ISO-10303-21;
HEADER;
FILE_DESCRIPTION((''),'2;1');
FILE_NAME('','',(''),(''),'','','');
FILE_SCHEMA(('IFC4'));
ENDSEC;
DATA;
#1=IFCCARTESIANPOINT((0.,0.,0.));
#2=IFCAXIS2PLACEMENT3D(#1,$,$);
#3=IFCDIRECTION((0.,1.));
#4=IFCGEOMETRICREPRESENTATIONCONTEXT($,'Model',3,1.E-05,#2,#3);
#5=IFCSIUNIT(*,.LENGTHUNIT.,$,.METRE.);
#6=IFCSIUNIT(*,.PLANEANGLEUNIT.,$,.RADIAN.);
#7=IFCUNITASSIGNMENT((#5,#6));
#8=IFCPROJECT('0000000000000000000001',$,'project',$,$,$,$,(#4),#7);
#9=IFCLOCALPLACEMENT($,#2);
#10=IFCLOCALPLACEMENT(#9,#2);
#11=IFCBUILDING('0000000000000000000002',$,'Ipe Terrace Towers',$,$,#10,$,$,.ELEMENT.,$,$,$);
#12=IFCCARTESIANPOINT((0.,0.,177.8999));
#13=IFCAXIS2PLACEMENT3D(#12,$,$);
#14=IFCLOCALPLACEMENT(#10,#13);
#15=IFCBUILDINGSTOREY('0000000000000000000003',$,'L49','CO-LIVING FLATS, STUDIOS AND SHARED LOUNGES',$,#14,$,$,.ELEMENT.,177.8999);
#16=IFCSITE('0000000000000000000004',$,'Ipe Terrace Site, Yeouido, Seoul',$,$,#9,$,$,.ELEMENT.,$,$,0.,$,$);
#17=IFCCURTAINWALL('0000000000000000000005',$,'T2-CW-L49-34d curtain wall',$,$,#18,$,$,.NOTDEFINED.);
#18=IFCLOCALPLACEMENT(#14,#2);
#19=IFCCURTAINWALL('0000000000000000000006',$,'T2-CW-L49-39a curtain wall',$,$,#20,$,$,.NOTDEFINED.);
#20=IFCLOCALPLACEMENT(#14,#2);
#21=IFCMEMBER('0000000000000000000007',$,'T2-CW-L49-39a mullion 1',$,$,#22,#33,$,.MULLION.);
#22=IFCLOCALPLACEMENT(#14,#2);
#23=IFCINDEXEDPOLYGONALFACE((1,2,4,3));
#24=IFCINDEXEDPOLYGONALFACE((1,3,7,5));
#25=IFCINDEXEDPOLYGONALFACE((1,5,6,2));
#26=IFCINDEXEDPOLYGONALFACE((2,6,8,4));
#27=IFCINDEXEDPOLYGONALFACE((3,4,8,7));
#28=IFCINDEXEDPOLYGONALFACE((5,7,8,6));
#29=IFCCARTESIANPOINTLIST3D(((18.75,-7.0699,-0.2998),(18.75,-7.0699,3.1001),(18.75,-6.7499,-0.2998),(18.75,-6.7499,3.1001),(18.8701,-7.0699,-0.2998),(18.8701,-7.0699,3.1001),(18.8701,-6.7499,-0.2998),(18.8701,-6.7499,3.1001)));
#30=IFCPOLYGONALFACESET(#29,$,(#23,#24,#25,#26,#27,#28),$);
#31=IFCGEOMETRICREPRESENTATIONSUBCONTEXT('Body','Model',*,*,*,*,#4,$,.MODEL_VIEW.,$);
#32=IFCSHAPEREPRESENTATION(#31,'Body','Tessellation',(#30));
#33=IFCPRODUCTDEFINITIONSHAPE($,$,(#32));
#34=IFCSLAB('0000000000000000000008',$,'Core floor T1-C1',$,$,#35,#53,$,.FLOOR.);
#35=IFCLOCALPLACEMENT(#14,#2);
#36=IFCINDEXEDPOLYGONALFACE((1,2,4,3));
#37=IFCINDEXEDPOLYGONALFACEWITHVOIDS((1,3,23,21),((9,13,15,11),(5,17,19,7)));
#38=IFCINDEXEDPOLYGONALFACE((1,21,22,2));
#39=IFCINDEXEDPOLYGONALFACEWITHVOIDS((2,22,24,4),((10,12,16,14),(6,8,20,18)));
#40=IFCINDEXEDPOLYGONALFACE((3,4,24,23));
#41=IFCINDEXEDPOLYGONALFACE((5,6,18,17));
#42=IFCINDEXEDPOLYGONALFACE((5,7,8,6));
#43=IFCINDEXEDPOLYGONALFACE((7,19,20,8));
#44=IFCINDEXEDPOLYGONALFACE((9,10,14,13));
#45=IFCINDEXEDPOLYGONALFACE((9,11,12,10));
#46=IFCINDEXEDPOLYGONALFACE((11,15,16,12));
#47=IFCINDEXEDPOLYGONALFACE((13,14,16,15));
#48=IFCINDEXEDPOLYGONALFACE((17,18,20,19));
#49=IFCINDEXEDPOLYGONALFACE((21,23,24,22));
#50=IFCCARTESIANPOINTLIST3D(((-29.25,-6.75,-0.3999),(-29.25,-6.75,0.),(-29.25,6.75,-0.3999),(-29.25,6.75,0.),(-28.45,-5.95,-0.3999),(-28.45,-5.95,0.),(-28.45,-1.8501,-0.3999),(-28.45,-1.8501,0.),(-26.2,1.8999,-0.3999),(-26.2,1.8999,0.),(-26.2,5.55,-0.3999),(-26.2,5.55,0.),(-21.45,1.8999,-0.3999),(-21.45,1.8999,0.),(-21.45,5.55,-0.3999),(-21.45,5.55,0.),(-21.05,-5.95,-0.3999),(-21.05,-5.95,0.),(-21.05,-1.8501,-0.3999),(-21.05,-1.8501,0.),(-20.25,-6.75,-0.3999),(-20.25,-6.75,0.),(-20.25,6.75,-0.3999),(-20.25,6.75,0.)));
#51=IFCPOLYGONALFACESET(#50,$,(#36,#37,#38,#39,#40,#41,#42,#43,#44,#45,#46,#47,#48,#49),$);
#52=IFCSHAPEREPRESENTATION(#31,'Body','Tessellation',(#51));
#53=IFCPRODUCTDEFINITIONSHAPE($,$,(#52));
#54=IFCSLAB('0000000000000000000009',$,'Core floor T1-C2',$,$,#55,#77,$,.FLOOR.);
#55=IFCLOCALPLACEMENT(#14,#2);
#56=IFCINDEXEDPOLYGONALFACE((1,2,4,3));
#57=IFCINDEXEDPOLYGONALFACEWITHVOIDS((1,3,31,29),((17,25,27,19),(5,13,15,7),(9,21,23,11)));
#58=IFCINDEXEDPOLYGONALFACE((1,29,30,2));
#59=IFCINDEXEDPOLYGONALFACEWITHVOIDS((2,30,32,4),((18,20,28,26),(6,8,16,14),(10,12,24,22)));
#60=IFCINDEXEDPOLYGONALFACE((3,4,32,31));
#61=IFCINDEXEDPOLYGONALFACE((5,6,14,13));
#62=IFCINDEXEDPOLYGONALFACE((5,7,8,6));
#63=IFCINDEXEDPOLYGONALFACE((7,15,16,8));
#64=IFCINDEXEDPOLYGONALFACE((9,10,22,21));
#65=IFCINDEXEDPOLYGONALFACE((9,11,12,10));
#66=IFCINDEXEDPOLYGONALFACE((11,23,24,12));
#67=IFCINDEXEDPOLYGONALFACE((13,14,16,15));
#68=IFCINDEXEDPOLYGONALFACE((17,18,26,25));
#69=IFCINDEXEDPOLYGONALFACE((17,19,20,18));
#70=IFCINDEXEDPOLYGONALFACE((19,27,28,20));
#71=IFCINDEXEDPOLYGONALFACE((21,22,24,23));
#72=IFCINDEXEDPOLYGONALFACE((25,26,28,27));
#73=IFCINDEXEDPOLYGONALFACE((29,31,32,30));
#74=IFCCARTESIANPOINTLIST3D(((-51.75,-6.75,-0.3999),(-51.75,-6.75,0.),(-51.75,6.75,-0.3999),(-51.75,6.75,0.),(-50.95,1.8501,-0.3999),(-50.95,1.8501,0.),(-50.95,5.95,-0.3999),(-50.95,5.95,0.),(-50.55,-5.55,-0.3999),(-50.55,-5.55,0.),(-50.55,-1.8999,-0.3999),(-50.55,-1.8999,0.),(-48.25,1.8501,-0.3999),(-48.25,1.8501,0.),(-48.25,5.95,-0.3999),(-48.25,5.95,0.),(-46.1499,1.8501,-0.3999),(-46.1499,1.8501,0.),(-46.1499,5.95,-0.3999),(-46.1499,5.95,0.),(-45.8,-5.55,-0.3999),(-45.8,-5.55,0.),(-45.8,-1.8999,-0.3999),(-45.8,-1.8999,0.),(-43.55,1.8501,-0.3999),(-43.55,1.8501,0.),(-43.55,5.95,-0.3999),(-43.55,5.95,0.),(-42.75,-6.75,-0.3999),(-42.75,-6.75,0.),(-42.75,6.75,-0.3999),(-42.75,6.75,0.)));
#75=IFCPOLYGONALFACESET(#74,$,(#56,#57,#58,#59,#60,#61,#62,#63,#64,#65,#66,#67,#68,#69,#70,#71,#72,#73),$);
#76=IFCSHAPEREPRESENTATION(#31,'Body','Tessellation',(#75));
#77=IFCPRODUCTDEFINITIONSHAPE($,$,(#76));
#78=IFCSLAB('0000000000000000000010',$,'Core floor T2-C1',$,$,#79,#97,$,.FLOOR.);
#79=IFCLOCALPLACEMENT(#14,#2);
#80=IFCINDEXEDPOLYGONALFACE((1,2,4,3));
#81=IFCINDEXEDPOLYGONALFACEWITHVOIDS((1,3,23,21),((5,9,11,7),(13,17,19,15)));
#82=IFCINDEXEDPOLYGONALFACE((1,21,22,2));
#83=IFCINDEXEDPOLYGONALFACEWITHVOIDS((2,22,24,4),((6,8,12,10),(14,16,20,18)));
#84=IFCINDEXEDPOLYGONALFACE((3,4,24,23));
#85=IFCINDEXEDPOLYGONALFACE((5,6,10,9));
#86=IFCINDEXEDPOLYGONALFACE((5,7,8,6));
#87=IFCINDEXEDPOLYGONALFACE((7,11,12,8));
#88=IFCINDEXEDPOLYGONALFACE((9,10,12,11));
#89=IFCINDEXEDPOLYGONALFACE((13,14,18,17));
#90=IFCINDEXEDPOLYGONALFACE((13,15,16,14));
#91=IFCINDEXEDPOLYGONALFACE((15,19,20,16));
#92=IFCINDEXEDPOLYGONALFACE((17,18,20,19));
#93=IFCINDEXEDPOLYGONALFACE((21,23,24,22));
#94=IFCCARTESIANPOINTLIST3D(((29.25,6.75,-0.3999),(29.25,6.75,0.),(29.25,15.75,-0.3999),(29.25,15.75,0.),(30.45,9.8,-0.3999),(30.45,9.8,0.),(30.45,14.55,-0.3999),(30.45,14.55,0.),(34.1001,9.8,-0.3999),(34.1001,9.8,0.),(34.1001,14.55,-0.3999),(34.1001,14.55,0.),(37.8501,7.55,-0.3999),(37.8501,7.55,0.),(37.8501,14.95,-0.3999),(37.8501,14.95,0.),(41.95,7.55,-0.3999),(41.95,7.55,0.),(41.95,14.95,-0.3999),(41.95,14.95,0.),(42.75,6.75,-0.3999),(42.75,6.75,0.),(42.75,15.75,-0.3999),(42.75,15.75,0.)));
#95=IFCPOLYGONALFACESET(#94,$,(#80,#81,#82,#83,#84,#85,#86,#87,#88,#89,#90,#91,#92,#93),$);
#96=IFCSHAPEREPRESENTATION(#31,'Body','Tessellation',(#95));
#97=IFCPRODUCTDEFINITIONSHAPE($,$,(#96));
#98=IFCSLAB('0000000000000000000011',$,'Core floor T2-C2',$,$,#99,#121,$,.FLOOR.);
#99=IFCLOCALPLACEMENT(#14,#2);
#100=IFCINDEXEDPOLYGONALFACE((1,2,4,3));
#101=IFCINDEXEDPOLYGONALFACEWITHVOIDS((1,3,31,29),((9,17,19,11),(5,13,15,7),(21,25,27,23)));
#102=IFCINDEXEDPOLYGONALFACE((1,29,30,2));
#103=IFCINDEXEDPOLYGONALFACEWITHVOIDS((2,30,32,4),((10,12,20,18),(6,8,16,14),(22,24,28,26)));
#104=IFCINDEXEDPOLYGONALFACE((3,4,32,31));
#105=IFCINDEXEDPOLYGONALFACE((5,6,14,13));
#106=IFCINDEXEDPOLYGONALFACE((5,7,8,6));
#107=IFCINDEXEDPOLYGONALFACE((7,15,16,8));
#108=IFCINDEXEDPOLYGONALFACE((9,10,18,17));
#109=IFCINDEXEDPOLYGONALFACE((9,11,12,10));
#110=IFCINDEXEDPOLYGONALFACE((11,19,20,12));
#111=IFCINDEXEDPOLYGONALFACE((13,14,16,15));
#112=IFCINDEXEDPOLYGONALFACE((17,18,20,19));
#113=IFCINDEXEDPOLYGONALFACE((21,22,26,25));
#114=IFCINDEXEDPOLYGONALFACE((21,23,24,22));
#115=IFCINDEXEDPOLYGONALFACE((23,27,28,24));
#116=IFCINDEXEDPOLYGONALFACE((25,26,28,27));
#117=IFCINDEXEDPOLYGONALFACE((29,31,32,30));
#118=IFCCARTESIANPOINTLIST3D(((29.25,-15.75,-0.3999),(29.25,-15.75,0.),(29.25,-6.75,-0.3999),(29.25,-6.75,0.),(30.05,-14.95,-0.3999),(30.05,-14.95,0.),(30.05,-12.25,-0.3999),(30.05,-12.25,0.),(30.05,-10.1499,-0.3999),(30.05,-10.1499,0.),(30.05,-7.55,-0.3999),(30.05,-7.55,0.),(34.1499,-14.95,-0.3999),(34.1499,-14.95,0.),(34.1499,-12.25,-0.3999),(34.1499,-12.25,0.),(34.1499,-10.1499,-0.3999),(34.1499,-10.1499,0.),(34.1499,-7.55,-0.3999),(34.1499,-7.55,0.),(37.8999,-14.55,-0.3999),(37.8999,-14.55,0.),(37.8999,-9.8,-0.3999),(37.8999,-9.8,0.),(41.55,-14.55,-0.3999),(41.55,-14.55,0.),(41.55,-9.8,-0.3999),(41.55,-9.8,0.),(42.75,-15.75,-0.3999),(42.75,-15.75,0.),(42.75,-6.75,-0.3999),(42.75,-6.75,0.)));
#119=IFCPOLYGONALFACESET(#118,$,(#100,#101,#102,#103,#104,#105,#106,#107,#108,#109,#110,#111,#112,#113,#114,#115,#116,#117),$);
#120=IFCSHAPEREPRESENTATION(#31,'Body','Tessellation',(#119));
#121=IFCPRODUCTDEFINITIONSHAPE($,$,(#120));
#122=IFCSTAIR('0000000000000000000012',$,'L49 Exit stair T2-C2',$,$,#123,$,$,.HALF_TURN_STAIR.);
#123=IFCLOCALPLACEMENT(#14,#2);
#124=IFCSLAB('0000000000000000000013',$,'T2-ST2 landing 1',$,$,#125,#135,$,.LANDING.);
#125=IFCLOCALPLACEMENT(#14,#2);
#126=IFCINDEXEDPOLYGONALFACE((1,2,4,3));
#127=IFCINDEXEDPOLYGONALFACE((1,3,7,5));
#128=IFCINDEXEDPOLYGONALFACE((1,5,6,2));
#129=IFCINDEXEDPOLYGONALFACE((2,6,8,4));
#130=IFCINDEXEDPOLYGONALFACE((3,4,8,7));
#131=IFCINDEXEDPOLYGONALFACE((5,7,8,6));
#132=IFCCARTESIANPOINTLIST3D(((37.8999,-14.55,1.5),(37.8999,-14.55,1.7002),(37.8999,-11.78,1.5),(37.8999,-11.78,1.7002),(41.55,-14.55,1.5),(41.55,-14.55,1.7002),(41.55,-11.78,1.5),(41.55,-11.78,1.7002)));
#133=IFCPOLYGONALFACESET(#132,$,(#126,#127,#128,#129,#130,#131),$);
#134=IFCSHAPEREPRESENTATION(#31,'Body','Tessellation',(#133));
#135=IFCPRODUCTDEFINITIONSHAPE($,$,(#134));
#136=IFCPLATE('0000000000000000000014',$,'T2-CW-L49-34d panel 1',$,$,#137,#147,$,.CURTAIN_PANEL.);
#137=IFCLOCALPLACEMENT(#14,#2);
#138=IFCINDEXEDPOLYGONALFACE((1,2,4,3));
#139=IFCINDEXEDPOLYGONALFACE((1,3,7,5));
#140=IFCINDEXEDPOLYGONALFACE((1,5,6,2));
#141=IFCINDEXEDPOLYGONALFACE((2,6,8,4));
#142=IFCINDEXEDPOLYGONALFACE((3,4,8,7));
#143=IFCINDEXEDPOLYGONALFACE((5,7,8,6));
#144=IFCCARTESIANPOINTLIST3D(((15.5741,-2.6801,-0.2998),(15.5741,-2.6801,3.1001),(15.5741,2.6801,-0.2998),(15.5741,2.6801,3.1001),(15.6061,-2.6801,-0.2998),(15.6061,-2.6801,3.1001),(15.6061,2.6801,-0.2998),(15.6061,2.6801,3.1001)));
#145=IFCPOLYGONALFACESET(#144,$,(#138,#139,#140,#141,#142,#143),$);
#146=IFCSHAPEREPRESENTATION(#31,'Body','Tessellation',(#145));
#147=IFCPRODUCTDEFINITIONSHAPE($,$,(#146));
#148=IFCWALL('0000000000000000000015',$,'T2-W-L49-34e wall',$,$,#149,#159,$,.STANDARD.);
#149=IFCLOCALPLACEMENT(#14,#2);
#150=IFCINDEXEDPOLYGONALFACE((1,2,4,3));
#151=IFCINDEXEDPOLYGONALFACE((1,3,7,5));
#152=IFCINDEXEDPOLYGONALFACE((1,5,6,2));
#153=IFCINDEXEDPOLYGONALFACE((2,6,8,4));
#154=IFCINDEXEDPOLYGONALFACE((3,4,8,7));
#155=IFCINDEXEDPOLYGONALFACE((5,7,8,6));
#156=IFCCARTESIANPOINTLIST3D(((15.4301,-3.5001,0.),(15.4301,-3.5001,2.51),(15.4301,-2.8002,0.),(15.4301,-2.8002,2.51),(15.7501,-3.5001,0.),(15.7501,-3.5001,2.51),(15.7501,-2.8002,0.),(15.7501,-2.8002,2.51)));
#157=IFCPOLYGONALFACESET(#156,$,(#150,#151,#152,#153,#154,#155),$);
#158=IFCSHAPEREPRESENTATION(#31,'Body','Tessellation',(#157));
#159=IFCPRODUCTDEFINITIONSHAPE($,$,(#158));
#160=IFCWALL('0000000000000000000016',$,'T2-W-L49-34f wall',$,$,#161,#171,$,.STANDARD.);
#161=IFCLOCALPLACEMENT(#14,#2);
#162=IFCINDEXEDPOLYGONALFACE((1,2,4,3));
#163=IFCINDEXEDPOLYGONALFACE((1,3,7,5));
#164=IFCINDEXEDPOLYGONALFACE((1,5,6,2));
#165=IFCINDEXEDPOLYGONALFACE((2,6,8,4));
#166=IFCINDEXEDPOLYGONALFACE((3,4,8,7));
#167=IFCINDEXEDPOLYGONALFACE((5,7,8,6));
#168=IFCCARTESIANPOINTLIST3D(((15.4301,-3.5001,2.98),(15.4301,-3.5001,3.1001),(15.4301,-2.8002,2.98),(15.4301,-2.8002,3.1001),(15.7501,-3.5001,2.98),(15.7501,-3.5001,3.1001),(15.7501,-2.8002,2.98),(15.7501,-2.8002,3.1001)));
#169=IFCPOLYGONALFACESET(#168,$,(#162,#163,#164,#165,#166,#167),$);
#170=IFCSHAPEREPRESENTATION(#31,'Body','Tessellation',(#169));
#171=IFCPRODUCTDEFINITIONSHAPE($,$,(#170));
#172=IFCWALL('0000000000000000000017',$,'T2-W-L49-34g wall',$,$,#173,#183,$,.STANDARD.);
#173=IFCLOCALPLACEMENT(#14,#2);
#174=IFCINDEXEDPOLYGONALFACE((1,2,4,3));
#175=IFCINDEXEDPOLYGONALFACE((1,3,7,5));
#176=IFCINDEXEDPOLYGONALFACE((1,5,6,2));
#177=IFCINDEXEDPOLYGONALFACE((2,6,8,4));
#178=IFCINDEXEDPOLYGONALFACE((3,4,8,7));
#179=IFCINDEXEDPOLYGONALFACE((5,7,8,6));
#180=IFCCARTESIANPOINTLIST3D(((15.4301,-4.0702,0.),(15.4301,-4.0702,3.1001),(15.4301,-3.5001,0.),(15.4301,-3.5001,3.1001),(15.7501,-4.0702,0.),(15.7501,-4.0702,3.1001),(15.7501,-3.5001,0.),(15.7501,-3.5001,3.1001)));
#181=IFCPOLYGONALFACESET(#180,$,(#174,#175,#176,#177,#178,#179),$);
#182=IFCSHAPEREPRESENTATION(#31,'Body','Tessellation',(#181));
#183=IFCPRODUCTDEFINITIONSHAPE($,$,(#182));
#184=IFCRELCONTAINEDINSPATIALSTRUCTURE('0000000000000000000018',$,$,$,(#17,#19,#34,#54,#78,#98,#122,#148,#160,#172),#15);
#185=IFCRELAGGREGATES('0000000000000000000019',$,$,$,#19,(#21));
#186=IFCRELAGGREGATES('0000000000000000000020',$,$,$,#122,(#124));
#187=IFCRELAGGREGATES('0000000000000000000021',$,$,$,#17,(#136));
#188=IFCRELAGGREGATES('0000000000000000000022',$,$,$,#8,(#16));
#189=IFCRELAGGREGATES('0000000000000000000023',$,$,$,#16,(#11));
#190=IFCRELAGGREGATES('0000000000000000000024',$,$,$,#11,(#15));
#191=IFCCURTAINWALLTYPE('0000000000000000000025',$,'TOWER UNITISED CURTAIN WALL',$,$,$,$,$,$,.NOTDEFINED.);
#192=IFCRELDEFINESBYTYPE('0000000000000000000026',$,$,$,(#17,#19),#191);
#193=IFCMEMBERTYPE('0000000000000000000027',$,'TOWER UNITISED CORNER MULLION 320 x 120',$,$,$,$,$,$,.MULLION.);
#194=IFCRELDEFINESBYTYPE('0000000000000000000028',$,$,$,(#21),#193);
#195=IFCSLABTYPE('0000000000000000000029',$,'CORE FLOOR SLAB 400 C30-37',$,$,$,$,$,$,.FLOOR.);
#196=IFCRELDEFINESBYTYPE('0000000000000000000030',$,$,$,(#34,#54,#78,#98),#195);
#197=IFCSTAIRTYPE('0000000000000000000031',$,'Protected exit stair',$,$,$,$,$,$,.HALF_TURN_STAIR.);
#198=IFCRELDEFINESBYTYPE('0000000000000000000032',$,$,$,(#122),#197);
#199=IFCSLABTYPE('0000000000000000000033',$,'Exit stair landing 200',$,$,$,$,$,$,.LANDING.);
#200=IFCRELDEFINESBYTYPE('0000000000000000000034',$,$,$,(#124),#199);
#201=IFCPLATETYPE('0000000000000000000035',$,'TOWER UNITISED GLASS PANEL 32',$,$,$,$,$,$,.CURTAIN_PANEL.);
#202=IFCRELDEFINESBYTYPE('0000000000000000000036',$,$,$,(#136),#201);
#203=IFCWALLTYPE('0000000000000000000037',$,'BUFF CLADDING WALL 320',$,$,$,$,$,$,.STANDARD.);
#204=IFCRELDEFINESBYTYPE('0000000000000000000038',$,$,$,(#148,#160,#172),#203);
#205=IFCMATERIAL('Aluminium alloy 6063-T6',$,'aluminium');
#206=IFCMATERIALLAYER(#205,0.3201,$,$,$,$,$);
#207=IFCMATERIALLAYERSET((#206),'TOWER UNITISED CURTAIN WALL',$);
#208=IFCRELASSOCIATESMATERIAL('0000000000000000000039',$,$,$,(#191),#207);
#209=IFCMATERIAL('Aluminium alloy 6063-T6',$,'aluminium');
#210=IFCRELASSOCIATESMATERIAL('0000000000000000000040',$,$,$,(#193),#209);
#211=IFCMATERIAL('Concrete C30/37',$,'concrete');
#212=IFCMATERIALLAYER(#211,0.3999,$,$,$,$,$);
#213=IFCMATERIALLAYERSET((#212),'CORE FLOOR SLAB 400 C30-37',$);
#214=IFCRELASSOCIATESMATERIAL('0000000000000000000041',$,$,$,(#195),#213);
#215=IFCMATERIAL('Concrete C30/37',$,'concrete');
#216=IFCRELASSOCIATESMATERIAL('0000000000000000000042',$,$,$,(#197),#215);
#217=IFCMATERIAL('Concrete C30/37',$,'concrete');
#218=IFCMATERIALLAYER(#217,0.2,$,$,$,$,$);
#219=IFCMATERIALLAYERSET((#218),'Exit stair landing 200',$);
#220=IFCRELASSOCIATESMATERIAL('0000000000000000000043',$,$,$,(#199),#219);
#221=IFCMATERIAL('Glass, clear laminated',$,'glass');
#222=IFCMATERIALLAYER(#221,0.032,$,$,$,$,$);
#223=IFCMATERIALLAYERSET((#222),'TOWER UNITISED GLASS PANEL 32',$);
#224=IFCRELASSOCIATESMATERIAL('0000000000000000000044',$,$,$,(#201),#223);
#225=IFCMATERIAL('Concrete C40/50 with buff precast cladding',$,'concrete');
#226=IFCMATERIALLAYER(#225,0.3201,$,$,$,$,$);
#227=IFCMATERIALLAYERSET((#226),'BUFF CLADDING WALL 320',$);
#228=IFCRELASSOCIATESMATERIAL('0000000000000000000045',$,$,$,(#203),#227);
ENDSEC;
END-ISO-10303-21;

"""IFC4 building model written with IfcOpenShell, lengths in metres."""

from ifc_helpers import new_model, si_unit, direction, frame, frame_2d, origin, origin_2d, place, context, subcontext, project, spatial, polyline, rectangle, outline, extrude, material, layer, layer_set, material_profile, profile_set, type_object, element, aggregate, save


model = new_model("IFC4")

# Units and contexts
model_context = context("Model", 3, precision=1e-05, world=origin(), true_north=direction((0.0, 1.0)))
body_context = subcontext(model_context, "Body", "Model", "MODEL_VIEW")
ifc_project = project(units=[si_unit("LENGTHUNIT", "METRE"), si_unit("PLANEANGLEUNIT", "RADIAN")], contexts=[model_context])

# Site, building, storey
site_placement = place(None, origin())
site = spatial("IfcSite", under=ifc_project, at=site_placement, Name="Ipe Terrace Site, Yeouido, Seoul", CompositionType="ELEMENT", RefElevation=0.0)
building_placement = place(site_placement, origin())
building = spatial("IfcBuilding", under=site, at=building_placement, Name="Ipe Terrace Towers", CompositionType="ELEMENT")
storey_placement = place(building_placement, frame((0.0, 0.0, 177.8999)))
storey = spatial("IfcBuildingStorey", under=building, at=storey_placement, Name="L49", Description="CO-LIVING FLATS, STUDIOS AND SHARED LOUNGES", CompositionType="ELEMENT", Elevation=177.8999)

# Curtain walls, member
ifc_material_1 = material(Name="Aluminium alloy 6063-T6", Category="aluminium")
ifc_layer_1 = layer(ifc_material_1, 0.3201)
ifc_layer_set_1 = layer_set([ifc_layer_1], Name="TOWER UNITISED CURTAIN WALL")
curtain_wall_type = type_object("IfcCurtainWallType", Name="TOWER UNITISED CURTAIN WALL", PredefinedType="NOTDEFINED", material=ifc_layer_set_1)
curtain_wall_1_placement = place(storey_placement, origin())
curtain_wall_1 = element("IfcCurtainWall", 1, at=curtain_wall_1_placement, inside=storey, type_object=curtain_wall_type, Name="T2-CW-L49-34d curtain wall", PredefinedType="NOTDEFINED")
ifc_material_2 = material(Name="Aluminium alloy 6063-T6", Category="aluminium")
ifc_material_profile_1 = material_profile(ifc_material_2, rectangle(XDim=0.3201, YDim=0.1201, at=origin_2d()), Name="TOWER UNITISED CORNER MULLION 320 x 120")
ifc_profile_set_1 = profile_set([ifc_material_profile_1], Name="Aluminium alloy 6063-T6")
member_type_1 = type_object("IfcMemberType", Name="TOWER UNITISED CORNER MULLION 320 x 120", PredefinedType="MULLION", material=ifc_profile_set_1)
curtain_wall_2_placement = place(storey_placement, origin())
curtain_wall_2 = element("IfcCurtainWall", 2, at=curtain_wall_2_placement, inside=storey, type_object=curtain_wall_type, Name="T2-CW-L49-39a curtain wall", PredefinedType="NOTDEFINED")
member_1_placement = place(storey_placement, frame((18.8101, -6.9099, -0.2998), z_axis=(0.0, 0.0, 1.0), x_axis=(0.0, -1.0, 0.0)))
member_1 = element("IfcMember", 3, at=member_1_placement, type_object=member_type_1, Name="T2-CW-L49-39a mullion 1", PredefinedType="MULLION", context=body_context, shape_type="SweptSolid", body=[
    extrude(rectangle(XDim=0.3201, YDim=0.1201, at=origin_2d()), origin(), (0.0, 0.0, 1.0), 3.3999),
])
aggregate(curtain_wall_2, [member_1])

# Slabs
ifc_material_3 = material(Name="Concrete C30/37", Category="concrete")
ifc_layer_2 = layer(ifc_material_3, 0.3999)
ifc_layer_set_2 = layer_set([ifc_layer_2], Name="CORE FLOOR SLAB 400 C30-37")
slab_type_1 = type_object("IfcSlabType", Name="CORE FLOOR SLAB 400 C30-37", PredefinedType="FLOOR", material=ifc_layer_set_2)
slab_1_placement = place(storey_placement, frame((0.0, 0.0, -0.3999)))
element("IfcSlab", 4, at=slab_1_placement, inside=storey, type_object=slab_type_1, Name="Core floor T1-C1", PredefinedType="FLOOR", context=body_context, shape_type="SweptSolid", body=[
    extrude(outline(polyline([(-29.25, -6.75), (-29.25, 6.75), (-20.25, 6.75), (-20.25, -6.75), (-29.25, -6.75)]), holes=[polyline([(-28.45, -5.95), (-21.05, -5.95), (-21.05, -1.8501), (-28.45, -1.8501), (-28.45, -5.95)]), polyline([(-26.2, 5.55), (-26.2, 1.8999), (-21.45, 1.8999), (-21.45, 5.55), (-26.2, 5.55)])]), origin(), (0.0, 0.0, 1.0), 0.3999),
])
slab_2_placement = place(storey_placement, frame((0.0, 0.0, -0.3999)))
element("IfcSlab", 5, at=slab_2_placement, inside=storey, type_object=slab_type_1, Name="Core floor T1-C2", PredefinedType="FLOOR", context=body_context, shape_type="SweptSolid", body=[
    extrude(outline(polyline([(-51.75, -6.75), (-51.75, 6.75), (-42.75, 6.75), (-42.75, -6.75), (-51.75, -6.75)]), holes=[polyline([(-45.8, -1.8999), (-50.55, -1.8999), (-50.55, -5.55), (-45.8, -5.55), (-45.8, -1.8999)]), polyline([(-48.25, 1.8501), (-48.25, 5.95), (-50.95, 5.95), (-50.95, 1.8501), (-48.25, 1.8501)]), polyline([(-43.55, 1.8501), (-43.55, 5.95), (-46.1499, 5.95), (-46.1499, 1.8501), (-43.55, 1.8501)])]), origin(), (0.0, 0.0, 1.0), 0.3999),
])
slab_3_placement = place(storey_placement, frame((0.0, 0.0, -0.3999)))
element("IfcSlab", 6, at=slab_3_placement, inside=storey, type_object=slab_type_1, Name="Core floor T2-C1", PredefinedType="FLOOR", context=body_context, shape_type="SweptSolid", body=[
    extrude(outline(polyline([(29.25, 6.75), (29.25, 15.75), (42.75, 15.75), (42.75, 6.75), (29.25, 6.75)]), holes=[polyline([(41.95, 7.55), (41.95, 14.95), (37.8501, 14.95), (37.8501, 7.55), (41.95, 7.55)]), polyline([(30.45, 9.8), (34.1001, 9.8), (34.1001, 14.55), (30.45, 14.55), (30.45, 9.8)])]), origin(), (0.0, 0.0, 1.0), 0.3999),
])
slab_4_placement = place(storey_placement, frame((0.0, 0.0, -0.3999)))
element("IfcSlab", 7, at=slab_4_placement, inside=storey, type_object=slab_type_1, Name="Core floor T2-C2", PredefinedType="FLOOR", context=body_context, shape_type="SweptSolid", body=[
    extrude(outline(polyline([(29.25, -15.75), (29.25, -6.75), (42.75, -6.75), (42.75, -15.75), (29.25, -15.75)]), holes=[polyline([(30.05, -12.25), (30.05, -14.95), (34.1499, -14.95), (34.1499, -12.25), (30.05, -12.25)]), polyline([(41.55, -9.8), (37.8999, -9.8), (37.8999, -14.55), (41.55, -14.55), (41.55, -9.8)]), polyline([(34.1499, -7.55), (30.05, -7.55), (30.05, -10.1499), (34.1499, -10.1499), (34.1499, -7.55)])]), origin(), (0.0, 0.0, 1.0), 0.3999),
])

# Stair, slab
ifc_material_4 = material(Name="Concrete C30/37", Category="concrete")
stair_type = type_object("IfcStairType", Name="Protected exit stair", PredefinedType="HALF_TURN_STAIR", material=ifc_material_4)
stair_placement = place(storey_placement, origin())
stair = element("IfcStair", 8, at=stair_placement, inside=storey, type_object=stair_type, Name="L49 Exit stair T2-C2", PredefinedType="HALF_TURN_STAIR")
ifc_material_5 = material(Name="Concrete C30/37", Category="concrete")
ifc_layer_3 = layer(ifc_material_5, 0.2)
ifc_layer_set_3 = layer_set([ifc_layer_3], Name="Exit stair landing 200")
slab_type_2 = type_object("IfcSlabType", Name="Exit stair landing 200", PredefinedType="LANDING", material=ifc_layer_set_3)
slab_5_placement = place(storey_placement, frame((0.0, 0.0, 1.5)))
slab_5 = element("IfcSlab", 9, at=slab_5_placement, type_object=slab_type_2, Name="T2-ST2 landing 1", PredefinedType="LANDING", context=body_context, shape_type="SweptSolid", body=[
    extrude(outline(polyline([(37.8999, -11.78), (37.8999, -14.55), (41.55, -14.55), (41.55, -11.78), (37.8999, -11.78)])), origin(), (0.0, 0.0, 1.0), 0.2002),
])
aggregate(stair, [slab_5])

# Plate
ifc_material_6 = material(Name="Glass, clear laminated", Category="glass")
ifc_layer_4 = layer(ifc_material_6, 0.032)
ifc_layer_set_4 = layer_set([ifc_layer_4], Name="TOWER UNITISED GLASS PANEL 32")
plate_type = type_object("IfcPlateType", Name="TOWER UNITISED GLASS PANEL 32", PredefinedType="CURTAIN_PANEL", material=ifc_layer_set_4)
plate_placement = place(storey_placement, frame((15.5901, 0.0, -0.2998), z_axis=(0.0, 0.0, 1.0), x_axis=(0.0, -1.0, 0.0)))
plate = element("IfcPlate", 10, at=plate_placement, type_object=plate_type, Name="T2-CW-L49-34d panel 1", PredefinedType="CURTAIN_PANEL", context=body_context, shape_type="SweptSolid", body=[
    extrude(rectangle(XDim=5.3601, YDim=0.032, at=origin_2d()), origin(), (0.0, 0.0, 1.0), 3.3999),
])
aggregate(curtain_wall_1, [plate])

# Walls
ifc_material_7 = material(Name="Concrete C40/50 with buff precast cladding", Category="concrete")
ifc_layer_5 = layer(ifc_material_7, 0.3201)
ifc_layer_set_5 = layer_set([ifc_layer_5], Name="BUFF CLADDING WALL 320")
wall_type_1 = type_object("IfcWallType", Name="BUFF CLADDING WALL 320", PredefinedType="STANDARD", material=ifc_layer_set_5)
wall_1_placement = place(storey_placement, frame((15.5901, -2.8, 0.0), z_axis=(0.0, 0.0, 1.0), x_axis=(0.0, -1.0, 0.0)))
element("IfcWall", 11, at=wall_1_placement, inside=storey, type_object=wall_type_1, Name="T2-W-L49-34e wall", PredefinedType="STANDARD", context=body_context, shape_type="SweptSolid", body=[
    extrude(rectangle(XDim=0.7, YDim=0.3201, at=frame_2d((0.3501, 0.0))), origin(), (0.0, 0.0, 1.0), 2.51),
])
wall_2_placement = place(storey_placement, frame((15.5901, -2.8, 2.98), z_axis=(0.0, 0.0, 1.0), x_axis=(0.0, -1.0, 0.0)))
element("IfcWall", 12, at=wall_2_placement, inside=storey, type_object=wall_type_1, Name="T2-W-L49-34f wall", PredefinedType="STANDARD", context=body_context, shape_type="SweptSolid", body=[
    extrude(rectangle(XDim=0.7, YDim=0.3201, at=frame_2d((0.3501, 0.0))), origin(), (0.0, 0.0, 1.0), 0.1201),
])
wall_3_placement = place(storey_placement, frame((15.5901, -3.5, 0.0), z_axis=(0.0, 0.0, 1.0), x_axis=(0.0, -1.0, 0.0)))
element("IfcWall", 13, at=wall_3_placement, inside=storey, type_object=wall_type_1, Name="T2-W-L49-34g wall", PredefinedType="STANDARD", context=body_context, shape_type="SweptSolid", body=[
    extrude(rectangle(XDim=0.5701, YDim=0.3201, at=frame_2d((0.2852, 0.0))), origin(), (0.0, 0.0, 1.0), 3.1001),
])

save(model, "model.ifc")
